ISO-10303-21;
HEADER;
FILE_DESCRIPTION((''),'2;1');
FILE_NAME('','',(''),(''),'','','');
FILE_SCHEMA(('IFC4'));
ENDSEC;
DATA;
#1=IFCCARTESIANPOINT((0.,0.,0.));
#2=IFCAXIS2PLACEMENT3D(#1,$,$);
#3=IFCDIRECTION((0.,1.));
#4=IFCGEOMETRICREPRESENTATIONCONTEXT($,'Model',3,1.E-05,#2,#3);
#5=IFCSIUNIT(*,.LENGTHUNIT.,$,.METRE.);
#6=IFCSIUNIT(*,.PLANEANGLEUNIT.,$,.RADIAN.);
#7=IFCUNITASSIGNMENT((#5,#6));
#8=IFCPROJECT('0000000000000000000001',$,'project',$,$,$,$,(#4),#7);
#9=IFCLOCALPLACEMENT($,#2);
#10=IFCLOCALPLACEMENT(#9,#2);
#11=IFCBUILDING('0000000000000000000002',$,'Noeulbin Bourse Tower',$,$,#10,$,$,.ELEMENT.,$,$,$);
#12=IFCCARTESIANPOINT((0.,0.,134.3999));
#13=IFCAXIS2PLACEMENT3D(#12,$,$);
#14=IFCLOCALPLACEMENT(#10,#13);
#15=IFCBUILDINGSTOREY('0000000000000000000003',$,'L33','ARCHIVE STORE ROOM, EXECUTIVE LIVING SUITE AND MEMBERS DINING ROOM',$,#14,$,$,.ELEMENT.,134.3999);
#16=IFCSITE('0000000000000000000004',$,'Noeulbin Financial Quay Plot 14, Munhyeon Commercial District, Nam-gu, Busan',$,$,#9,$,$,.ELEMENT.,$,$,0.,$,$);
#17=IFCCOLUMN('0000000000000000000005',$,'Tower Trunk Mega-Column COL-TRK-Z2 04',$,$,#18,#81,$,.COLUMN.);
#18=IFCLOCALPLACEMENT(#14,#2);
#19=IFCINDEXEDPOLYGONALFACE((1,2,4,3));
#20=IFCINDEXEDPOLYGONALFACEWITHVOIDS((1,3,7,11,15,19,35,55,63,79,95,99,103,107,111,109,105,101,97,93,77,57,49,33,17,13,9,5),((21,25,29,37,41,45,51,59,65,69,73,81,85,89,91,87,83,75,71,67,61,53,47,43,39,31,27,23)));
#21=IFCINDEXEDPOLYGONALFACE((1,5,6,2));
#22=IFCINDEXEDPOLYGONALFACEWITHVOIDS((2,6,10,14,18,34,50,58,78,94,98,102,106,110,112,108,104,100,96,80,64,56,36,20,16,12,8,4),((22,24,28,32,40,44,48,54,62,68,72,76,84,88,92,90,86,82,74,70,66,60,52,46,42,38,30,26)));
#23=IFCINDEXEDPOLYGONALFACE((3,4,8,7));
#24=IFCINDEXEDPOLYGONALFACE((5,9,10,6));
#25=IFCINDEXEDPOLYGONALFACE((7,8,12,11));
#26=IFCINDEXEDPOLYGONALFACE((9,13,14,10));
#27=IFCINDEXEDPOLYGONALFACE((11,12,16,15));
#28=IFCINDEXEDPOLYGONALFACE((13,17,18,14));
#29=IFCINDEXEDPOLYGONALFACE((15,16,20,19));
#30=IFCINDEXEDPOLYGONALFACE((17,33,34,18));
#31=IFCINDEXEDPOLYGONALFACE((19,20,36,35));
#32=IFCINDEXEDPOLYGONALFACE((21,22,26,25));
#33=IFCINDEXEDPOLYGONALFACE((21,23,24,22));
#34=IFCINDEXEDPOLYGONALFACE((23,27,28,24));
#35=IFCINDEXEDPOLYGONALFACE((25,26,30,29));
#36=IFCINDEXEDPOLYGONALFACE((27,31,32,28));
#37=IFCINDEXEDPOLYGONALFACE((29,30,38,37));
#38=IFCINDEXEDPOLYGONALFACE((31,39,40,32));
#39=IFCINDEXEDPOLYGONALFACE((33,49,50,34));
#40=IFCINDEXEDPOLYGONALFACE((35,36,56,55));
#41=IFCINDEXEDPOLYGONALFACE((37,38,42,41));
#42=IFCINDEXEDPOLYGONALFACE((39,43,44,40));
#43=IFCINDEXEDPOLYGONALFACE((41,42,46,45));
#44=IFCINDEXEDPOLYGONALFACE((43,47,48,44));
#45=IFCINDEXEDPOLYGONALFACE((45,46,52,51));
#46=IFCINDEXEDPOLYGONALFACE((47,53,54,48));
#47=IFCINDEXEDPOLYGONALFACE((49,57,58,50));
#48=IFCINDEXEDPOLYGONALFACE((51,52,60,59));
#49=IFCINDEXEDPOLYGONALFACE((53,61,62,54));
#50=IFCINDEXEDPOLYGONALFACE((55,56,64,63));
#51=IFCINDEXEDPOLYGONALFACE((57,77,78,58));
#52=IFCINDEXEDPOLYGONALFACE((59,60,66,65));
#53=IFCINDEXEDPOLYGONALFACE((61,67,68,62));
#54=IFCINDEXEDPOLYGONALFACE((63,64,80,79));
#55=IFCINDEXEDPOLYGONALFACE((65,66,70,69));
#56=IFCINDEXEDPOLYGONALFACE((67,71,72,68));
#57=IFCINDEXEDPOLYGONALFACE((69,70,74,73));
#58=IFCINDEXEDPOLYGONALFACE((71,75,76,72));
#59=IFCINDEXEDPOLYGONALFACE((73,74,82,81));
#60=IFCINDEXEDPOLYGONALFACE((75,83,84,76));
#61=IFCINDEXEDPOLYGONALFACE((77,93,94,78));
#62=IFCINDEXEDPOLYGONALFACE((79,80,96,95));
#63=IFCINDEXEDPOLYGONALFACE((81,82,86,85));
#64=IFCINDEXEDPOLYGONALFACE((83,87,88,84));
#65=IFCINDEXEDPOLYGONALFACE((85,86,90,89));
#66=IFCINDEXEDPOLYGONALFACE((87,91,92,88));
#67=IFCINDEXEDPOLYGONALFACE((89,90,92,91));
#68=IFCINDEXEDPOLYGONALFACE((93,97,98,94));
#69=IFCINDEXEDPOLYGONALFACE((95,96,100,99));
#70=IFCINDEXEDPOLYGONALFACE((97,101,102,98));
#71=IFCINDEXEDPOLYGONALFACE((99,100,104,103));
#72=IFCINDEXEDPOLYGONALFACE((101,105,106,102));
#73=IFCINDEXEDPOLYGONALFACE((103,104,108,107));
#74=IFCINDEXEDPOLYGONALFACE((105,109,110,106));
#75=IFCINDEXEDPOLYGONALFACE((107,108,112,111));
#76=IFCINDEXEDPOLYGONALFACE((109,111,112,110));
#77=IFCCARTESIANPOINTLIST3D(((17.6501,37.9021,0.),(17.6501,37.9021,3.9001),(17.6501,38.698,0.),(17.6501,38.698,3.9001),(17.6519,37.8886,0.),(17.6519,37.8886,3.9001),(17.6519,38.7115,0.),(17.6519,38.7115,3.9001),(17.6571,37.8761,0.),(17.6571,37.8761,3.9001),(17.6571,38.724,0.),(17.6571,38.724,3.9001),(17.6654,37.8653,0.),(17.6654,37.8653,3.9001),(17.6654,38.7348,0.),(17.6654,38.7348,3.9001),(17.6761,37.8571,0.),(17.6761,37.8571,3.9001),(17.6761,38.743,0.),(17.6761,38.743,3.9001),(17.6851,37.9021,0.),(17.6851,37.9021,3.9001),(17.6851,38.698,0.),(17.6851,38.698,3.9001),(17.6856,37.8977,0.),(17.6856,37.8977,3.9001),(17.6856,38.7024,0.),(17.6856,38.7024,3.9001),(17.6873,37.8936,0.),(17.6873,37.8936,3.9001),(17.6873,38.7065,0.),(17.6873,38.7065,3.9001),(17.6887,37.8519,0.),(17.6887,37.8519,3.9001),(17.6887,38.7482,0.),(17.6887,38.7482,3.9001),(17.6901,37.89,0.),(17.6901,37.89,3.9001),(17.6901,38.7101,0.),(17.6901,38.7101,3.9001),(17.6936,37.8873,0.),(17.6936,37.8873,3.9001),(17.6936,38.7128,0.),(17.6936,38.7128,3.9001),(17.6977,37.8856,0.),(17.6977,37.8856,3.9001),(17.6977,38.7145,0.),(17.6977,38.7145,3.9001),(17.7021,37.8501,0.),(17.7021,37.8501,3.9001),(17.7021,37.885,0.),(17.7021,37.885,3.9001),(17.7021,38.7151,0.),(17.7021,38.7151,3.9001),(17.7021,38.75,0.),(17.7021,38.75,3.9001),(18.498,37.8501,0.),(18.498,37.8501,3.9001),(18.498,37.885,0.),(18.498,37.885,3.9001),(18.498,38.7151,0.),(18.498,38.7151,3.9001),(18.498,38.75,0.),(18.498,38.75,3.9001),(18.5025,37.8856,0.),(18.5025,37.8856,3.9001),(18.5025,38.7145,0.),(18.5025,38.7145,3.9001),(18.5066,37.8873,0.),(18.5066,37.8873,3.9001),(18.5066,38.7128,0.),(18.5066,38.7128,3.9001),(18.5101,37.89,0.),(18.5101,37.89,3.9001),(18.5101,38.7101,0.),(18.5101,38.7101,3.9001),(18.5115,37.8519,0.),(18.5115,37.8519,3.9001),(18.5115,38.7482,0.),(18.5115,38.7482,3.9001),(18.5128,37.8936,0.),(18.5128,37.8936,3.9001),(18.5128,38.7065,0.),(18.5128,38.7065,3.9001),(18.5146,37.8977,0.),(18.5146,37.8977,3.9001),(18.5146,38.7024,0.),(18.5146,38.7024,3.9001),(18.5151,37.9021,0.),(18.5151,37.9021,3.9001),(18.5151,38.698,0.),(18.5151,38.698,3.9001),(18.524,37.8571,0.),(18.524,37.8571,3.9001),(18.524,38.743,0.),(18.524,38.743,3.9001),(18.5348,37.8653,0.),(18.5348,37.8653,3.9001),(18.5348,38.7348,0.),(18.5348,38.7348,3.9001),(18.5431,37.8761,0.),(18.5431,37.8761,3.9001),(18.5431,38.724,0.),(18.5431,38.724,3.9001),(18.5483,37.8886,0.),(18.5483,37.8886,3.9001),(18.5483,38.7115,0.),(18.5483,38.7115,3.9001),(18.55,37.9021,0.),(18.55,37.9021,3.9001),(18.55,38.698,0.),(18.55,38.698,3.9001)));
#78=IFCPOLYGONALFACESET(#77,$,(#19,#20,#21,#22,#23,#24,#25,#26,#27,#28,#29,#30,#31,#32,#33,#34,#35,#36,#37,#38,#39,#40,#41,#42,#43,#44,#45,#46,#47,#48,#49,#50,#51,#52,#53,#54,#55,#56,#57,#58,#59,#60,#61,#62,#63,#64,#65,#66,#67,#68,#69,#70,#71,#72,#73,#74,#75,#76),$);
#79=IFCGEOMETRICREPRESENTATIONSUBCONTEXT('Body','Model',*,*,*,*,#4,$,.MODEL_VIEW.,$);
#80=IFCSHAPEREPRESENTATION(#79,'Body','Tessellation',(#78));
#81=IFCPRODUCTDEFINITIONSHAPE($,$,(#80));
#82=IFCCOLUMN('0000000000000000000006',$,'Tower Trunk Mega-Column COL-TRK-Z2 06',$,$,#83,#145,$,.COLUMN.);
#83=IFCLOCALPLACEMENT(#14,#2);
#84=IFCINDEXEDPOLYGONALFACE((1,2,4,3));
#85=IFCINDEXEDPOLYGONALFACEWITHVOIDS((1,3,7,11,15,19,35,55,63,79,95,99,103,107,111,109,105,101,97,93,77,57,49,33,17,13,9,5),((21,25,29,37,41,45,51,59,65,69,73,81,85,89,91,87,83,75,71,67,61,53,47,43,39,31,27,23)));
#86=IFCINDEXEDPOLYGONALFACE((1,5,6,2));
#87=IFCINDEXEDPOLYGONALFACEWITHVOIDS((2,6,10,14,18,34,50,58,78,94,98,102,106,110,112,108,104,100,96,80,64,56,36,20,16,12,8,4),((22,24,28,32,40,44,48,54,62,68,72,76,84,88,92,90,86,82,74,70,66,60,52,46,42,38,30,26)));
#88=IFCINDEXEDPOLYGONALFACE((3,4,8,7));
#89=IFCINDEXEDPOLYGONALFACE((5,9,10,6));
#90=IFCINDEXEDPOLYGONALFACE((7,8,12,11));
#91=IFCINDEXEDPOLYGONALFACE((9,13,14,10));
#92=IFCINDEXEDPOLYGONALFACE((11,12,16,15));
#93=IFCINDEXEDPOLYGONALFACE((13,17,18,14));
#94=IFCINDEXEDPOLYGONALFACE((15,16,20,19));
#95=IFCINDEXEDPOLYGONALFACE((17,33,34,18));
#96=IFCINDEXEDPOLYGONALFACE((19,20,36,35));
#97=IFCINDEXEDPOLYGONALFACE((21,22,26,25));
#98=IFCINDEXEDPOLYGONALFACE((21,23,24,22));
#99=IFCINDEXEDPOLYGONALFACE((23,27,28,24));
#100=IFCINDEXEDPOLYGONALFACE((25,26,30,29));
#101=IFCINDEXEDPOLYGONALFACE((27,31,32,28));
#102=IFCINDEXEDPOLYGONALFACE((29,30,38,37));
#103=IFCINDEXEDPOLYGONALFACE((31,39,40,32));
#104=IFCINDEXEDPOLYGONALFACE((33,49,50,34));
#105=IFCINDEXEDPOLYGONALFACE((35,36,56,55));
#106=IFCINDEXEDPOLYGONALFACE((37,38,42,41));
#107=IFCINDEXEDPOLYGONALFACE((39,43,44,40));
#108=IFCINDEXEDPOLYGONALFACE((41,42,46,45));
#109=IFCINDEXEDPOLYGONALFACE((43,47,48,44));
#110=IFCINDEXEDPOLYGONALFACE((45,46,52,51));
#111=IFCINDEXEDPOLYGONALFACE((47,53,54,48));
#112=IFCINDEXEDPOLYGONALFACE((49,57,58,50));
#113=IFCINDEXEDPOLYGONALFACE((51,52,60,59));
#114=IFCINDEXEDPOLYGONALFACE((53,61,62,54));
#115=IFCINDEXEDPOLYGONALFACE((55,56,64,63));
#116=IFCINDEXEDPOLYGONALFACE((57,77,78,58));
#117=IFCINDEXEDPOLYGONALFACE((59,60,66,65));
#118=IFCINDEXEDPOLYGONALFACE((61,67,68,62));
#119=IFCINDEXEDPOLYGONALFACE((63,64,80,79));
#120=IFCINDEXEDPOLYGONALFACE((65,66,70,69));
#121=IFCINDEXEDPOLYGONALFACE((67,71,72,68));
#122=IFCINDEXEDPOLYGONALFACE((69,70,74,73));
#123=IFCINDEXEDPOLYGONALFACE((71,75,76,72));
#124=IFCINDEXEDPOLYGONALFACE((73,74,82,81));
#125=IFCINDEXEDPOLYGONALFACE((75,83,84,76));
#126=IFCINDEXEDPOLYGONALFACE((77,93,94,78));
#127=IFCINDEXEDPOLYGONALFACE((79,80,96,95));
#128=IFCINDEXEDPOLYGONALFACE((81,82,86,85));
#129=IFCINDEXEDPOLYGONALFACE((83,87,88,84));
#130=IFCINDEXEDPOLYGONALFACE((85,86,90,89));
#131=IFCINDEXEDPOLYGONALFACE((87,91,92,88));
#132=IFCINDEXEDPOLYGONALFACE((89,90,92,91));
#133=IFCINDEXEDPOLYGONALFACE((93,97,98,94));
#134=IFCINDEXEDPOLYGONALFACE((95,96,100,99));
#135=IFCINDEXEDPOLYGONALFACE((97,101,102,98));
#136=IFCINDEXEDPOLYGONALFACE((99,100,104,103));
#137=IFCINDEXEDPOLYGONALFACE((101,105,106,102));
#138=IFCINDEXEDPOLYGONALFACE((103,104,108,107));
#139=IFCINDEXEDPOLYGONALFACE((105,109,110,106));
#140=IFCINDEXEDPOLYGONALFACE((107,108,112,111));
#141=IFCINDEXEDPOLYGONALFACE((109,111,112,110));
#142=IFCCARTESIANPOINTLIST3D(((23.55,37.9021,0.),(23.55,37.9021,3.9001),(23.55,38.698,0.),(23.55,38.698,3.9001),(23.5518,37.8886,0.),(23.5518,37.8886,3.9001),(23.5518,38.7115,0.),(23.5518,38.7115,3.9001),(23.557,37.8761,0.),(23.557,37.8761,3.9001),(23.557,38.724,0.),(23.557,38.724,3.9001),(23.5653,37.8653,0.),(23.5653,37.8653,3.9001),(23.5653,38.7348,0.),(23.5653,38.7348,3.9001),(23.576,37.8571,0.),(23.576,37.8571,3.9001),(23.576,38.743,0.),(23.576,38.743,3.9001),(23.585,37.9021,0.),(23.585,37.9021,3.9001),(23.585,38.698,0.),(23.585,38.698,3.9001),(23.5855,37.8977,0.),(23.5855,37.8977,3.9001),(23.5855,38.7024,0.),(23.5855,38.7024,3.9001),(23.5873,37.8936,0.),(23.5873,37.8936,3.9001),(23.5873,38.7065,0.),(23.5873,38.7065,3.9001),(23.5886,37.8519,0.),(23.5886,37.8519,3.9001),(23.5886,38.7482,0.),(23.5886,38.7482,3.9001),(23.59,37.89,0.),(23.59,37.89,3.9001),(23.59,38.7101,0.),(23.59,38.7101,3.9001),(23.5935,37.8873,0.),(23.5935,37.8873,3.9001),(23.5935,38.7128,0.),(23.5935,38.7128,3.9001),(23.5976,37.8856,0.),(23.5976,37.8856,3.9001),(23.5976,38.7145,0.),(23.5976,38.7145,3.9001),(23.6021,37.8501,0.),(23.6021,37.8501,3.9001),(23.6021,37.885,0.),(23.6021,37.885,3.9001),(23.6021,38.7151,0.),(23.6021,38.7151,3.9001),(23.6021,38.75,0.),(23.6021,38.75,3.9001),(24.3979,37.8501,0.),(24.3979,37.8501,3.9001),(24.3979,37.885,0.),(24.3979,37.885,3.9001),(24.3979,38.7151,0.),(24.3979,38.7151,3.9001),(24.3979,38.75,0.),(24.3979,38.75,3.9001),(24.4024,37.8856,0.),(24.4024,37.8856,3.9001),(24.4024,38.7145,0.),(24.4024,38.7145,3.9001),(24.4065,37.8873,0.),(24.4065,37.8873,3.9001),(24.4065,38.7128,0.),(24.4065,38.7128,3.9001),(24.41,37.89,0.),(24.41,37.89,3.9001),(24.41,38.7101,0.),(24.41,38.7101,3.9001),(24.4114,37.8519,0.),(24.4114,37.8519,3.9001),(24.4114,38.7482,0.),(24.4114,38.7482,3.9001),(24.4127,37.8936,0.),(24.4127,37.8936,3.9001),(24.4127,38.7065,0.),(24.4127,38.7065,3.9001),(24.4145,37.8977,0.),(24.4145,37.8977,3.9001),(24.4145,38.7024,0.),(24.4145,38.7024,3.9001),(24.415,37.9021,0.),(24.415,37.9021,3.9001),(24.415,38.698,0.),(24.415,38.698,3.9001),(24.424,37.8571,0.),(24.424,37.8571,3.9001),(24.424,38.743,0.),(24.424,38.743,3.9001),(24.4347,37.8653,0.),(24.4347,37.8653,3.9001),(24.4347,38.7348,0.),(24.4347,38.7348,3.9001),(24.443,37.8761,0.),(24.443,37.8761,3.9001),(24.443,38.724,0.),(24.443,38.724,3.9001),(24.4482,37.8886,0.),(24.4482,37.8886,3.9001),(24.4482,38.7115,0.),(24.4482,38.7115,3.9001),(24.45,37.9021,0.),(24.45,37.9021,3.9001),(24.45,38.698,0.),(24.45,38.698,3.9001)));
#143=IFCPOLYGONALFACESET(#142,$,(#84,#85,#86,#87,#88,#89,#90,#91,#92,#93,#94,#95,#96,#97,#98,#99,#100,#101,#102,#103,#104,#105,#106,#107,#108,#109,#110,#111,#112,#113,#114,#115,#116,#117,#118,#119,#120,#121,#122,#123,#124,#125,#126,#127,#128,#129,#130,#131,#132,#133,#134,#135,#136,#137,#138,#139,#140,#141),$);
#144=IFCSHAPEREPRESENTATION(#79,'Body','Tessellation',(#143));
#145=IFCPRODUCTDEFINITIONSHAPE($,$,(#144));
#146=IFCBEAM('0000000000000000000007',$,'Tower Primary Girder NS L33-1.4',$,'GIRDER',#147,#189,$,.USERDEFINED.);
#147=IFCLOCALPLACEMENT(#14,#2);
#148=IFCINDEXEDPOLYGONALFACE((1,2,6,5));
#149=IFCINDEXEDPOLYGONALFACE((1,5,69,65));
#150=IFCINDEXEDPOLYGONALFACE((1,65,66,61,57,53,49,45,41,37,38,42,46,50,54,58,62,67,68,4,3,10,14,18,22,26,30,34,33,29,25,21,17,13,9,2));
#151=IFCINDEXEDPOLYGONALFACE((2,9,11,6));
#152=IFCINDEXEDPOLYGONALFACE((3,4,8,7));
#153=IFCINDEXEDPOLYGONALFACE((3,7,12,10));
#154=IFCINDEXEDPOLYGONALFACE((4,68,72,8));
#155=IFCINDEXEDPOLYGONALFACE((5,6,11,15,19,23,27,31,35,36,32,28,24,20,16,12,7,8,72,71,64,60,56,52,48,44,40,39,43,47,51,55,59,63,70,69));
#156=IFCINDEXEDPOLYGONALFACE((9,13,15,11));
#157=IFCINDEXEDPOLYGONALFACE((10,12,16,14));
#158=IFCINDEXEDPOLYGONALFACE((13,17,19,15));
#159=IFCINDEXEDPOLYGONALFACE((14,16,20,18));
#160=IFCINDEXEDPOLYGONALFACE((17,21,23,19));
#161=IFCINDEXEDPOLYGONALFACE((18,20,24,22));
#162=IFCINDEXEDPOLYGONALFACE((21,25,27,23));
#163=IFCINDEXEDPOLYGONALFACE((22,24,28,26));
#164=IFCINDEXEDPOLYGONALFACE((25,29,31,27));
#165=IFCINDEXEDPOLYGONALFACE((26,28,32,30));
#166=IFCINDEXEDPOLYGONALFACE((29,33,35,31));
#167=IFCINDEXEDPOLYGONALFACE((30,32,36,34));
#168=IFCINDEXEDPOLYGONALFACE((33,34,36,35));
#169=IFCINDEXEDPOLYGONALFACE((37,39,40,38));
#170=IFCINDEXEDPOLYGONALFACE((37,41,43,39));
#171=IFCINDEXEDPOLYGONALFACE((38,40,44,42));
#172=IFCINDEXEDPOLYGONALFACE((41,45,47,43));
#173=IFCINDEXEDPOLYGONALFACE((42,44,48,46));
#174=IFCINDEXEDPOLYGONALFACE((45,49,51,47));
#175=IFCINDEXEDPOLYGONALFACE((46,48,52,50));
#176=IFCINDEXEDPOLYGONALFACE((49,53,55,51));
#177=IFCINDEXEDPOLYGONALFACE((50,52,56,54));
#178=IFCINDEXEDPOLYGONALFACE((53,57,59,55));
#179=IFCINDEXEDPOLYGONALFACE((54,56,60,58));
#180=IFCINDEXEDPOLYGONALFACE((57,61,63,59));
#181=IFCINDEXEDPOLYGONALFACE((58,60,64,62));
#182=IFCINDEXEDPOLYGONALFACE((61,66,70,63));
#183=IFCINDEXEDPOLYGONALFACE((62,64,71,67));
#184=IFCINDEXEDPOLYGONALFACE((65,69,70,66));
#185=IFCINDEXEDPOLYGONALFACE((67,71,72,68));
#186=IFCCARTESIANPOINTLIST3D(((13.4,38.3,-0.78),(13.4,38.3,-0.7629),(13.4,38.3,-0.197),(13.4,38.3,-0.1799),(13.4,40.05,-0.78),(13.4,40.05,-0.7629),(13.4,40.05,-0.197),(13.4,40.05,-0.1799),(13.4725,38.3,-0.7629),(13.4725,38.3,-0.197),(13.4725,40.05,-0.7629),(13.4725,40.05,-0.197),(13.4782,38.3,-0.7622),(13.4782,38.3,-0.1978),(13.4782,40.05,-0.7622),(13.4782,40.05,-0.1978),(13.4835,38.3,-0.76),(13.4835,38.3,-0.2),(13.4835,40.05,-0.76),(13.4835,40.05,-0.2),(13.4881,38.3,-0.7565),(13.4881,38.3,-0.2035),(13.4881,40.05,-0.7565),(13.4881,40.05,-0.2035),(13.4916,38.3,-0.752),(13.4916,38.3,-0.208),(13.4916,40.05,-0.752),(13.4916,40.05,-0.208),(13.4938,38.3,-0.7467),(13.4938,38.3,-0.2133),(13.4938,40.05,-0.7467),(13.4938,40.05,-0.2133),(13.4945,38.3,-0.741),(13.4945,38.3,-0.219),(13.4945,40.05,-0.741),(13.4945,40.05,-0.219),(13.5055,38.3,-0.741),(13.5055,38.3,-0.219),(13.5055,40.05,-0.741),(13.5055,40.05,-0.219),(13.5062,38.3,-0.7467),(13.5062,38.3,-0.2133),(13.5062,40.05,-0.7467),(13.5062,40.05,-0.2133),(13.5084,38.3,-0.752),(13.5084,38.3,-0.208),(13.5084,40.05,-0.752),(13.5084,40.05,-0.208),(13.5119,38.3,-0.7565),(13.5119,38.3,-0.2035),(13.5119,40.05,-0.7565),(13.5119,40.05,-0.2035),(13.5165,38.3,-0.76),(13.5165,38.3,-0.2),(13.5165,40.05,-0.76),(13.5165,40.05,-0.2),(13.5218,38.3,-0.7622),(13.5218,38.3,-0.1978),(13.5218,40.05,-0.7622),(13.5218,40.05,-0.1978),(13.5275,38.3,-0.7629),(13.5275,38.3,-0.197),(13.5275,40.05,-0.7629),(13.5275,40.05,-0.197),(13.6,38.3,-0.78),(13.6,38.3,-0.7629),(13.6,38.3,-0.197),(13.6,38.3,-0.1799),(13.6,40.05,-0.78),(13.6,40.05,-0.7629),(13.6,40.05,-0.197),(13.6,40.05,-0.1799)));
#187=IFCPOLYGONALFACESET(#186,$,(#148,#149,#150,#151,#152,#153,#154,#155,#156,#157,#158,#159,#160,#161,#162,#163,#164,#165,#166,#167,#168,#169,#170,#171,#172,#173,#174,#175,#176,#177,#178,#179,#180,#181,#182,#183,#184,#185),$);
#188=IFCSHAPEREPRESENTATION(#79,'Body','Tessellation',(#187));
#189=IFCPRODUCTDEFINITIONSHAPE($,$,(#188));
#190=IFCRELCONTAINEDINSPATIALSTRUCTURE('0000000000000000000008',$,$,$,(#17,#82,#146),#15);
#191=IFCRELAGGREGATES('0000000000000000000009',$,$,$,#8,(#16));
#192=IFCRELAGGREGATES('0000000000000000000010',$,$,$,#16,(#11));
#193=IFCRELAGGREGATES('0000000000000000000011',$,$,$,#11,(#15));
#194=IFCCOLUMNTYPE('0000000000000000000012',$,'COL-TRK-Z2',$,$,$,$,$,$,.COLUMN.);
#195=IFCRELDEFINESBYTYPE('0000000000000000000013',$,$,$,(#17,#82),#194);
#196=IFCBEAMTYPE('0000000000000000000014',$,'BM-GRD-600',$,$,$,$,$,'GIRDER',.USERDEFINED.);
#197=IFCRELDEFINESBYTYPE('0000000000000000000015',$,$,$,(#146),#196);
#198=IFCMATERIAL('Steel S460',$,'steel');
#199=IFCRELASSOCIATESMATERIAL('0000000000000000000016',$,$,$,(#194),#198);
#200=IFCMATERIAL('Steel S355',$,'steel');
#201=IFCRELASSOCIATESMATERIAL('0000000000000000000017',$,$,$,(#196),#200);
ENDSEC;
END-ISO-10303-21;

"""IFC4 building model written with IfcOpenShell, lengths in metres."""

from ifc_helpers import new_model, si_unit, direction, frame, origin, origin_2d, place, context, subcontext, project, spatial, hollow_rectangle, i_section, extrude, material, material_profile, profile_set, type_object, element, save


model = new_model("IFC4")

# Units and contexts
model_context = context("Model", 3, precision=1e-05, world=origin(), true_north=direction((0.0, 1.0)))
body_context = subcontext(model_context, "Body", "Model", "MODEL_VIEW")
ifc_project = project(units=[si_unit("LENGTHUNIT", "METRE"), si_unit("PLANEANGLEUNIT", "RADIAN")], contexts=[model_context])

# Site, building, storey
site_placement = place(None, origin())
site = spatial("IfcSite", under=ifc_project, at=site_placement, Name="Noeulbin Financial Quay Plot 14, Munhyeon Commercial District, Nam-gu, Busan", CompositionType="ELEMENT", RefElevation=0.0)
building_placement = place(site_placement, origin())
building = spatial("IfcBuilding", under=site, at=building_placement, Name="Noeulbin Bourse Tower", CompositionType="ELEMENT")
storey_placement = place(building_placement, frame((0.0, 0.0, 134.3999)))
storey = spatial("IfcBuildingStorey", under=building, at=storey_placement, Name="L33", Description="ARCHIVE STORE ROOM, EXECUTIVE LIVING SUITE AND MEMBERS DINING ROOM", CompositionType="ELEMENT", Elevation=134.3999)

# Columns
ifc_material_1 = material(Name="Steel S460", Category="steel")
ifc_material_profile_1 = material_profile(ifc_material_1, hollow_rectangle(XDim=0.8999, YDim=0.8999, WallThickness=0.0349, InnerFilletRadius=0.0171, OuterFilletRadius=0.052, at=origin_2d()), Name="BOX-900x900x35", Category="LoadBearing")
ifc_profile_set_1 = profile_set([ifc_material_profile_1], Name="Steel S460")
column_type = type_object("IfcColumnType", Name="COL-TRK-Z2", PredefinedType="COLUMN", material=ifc_profile_set_1)
for number, where, z_axis, x_axis, name in (
    (1, (18.1001, 38.3, 0.0), (0.0, 0.0, 1.0), (1.0, 0.0, 0.0), "Tower Trunk Mega-Column COL-TRK-Z2 04"),
    (2, (24.0, 38.3, 0.0), (0.0, 0.0, 1.0), (1.0, 0.0, 0.0), "Tower Trunk Mega-Column COL-TRK-Z2 06"),
):
    element("IfcColumn", number, at=place(storey_placement, frame(where, z_axis=z_axis, x_axis=x_axis)), inside=storey, type_object=column_type, Name=name, PredefinedType="COLUMN", context=body_context, shape_type="SweptSolid", body=[
        extrude(hollow_rectangle(XDim=0.8999, YDim=0.8999, WallThickness=0.0349, InnerFilletRadius=0.0171, OuterFilletRadius=0.052, at=origin_2d()), origin(), (0.0, 0.0, 1.0), 3.9001),
    ])

# Beam
ifc_material_2 = material(Name="Steel S355", Category="steel")
ifc_material_profile_2 = material_profile(ifc_material_2, i_section(OverallWidth=0.2, OverallDepth=0.6001, WebThickness=0.011, FlangeThickness=0.0171, FilletRadius=0.022, at=origin_2d()), Name="H-600x200x11x17", Category="LoadBearing")
ifc_profile_set_2 = profile_set([ifc_material_profile_2], Name="Steel S355")
beam_type = type_object("IfcBeamType", Name="BM-GRD-600", ElementType="GIRDER", PredefinedType="USERDEFINED", material=ifc_profile_set_2)
for number, where, z_axis, x_axis, name in (
    (3, (13.5, 38.3, -0.48), (0.0, 1.0, 0.0), (-1.0, 0.0, 0.0), "Tower Primary Girder NS L33-1.4"),
):
    element("IfcBeam", number, at=place(storey_placement, frame(where, z_axis=z_axis, x_axis=x_axis)), inside=storey, type_object=beam_type, Name=name, ObjectType="GIRDER", PredefinedType="USERDEFINED", context=body_context, shape_type="SweptSolid", body=[
        extrude(i_section(OverallWidth=0.2, OverallDepth=0.6001, WebThickness=0.011, FlangeThickness=0.0171, FilletRadius=0.022, at=origin_2d()), origin(), (0.0, 0.0, 1.0), 1.75),
    ])

save(model, "model.ifc")
